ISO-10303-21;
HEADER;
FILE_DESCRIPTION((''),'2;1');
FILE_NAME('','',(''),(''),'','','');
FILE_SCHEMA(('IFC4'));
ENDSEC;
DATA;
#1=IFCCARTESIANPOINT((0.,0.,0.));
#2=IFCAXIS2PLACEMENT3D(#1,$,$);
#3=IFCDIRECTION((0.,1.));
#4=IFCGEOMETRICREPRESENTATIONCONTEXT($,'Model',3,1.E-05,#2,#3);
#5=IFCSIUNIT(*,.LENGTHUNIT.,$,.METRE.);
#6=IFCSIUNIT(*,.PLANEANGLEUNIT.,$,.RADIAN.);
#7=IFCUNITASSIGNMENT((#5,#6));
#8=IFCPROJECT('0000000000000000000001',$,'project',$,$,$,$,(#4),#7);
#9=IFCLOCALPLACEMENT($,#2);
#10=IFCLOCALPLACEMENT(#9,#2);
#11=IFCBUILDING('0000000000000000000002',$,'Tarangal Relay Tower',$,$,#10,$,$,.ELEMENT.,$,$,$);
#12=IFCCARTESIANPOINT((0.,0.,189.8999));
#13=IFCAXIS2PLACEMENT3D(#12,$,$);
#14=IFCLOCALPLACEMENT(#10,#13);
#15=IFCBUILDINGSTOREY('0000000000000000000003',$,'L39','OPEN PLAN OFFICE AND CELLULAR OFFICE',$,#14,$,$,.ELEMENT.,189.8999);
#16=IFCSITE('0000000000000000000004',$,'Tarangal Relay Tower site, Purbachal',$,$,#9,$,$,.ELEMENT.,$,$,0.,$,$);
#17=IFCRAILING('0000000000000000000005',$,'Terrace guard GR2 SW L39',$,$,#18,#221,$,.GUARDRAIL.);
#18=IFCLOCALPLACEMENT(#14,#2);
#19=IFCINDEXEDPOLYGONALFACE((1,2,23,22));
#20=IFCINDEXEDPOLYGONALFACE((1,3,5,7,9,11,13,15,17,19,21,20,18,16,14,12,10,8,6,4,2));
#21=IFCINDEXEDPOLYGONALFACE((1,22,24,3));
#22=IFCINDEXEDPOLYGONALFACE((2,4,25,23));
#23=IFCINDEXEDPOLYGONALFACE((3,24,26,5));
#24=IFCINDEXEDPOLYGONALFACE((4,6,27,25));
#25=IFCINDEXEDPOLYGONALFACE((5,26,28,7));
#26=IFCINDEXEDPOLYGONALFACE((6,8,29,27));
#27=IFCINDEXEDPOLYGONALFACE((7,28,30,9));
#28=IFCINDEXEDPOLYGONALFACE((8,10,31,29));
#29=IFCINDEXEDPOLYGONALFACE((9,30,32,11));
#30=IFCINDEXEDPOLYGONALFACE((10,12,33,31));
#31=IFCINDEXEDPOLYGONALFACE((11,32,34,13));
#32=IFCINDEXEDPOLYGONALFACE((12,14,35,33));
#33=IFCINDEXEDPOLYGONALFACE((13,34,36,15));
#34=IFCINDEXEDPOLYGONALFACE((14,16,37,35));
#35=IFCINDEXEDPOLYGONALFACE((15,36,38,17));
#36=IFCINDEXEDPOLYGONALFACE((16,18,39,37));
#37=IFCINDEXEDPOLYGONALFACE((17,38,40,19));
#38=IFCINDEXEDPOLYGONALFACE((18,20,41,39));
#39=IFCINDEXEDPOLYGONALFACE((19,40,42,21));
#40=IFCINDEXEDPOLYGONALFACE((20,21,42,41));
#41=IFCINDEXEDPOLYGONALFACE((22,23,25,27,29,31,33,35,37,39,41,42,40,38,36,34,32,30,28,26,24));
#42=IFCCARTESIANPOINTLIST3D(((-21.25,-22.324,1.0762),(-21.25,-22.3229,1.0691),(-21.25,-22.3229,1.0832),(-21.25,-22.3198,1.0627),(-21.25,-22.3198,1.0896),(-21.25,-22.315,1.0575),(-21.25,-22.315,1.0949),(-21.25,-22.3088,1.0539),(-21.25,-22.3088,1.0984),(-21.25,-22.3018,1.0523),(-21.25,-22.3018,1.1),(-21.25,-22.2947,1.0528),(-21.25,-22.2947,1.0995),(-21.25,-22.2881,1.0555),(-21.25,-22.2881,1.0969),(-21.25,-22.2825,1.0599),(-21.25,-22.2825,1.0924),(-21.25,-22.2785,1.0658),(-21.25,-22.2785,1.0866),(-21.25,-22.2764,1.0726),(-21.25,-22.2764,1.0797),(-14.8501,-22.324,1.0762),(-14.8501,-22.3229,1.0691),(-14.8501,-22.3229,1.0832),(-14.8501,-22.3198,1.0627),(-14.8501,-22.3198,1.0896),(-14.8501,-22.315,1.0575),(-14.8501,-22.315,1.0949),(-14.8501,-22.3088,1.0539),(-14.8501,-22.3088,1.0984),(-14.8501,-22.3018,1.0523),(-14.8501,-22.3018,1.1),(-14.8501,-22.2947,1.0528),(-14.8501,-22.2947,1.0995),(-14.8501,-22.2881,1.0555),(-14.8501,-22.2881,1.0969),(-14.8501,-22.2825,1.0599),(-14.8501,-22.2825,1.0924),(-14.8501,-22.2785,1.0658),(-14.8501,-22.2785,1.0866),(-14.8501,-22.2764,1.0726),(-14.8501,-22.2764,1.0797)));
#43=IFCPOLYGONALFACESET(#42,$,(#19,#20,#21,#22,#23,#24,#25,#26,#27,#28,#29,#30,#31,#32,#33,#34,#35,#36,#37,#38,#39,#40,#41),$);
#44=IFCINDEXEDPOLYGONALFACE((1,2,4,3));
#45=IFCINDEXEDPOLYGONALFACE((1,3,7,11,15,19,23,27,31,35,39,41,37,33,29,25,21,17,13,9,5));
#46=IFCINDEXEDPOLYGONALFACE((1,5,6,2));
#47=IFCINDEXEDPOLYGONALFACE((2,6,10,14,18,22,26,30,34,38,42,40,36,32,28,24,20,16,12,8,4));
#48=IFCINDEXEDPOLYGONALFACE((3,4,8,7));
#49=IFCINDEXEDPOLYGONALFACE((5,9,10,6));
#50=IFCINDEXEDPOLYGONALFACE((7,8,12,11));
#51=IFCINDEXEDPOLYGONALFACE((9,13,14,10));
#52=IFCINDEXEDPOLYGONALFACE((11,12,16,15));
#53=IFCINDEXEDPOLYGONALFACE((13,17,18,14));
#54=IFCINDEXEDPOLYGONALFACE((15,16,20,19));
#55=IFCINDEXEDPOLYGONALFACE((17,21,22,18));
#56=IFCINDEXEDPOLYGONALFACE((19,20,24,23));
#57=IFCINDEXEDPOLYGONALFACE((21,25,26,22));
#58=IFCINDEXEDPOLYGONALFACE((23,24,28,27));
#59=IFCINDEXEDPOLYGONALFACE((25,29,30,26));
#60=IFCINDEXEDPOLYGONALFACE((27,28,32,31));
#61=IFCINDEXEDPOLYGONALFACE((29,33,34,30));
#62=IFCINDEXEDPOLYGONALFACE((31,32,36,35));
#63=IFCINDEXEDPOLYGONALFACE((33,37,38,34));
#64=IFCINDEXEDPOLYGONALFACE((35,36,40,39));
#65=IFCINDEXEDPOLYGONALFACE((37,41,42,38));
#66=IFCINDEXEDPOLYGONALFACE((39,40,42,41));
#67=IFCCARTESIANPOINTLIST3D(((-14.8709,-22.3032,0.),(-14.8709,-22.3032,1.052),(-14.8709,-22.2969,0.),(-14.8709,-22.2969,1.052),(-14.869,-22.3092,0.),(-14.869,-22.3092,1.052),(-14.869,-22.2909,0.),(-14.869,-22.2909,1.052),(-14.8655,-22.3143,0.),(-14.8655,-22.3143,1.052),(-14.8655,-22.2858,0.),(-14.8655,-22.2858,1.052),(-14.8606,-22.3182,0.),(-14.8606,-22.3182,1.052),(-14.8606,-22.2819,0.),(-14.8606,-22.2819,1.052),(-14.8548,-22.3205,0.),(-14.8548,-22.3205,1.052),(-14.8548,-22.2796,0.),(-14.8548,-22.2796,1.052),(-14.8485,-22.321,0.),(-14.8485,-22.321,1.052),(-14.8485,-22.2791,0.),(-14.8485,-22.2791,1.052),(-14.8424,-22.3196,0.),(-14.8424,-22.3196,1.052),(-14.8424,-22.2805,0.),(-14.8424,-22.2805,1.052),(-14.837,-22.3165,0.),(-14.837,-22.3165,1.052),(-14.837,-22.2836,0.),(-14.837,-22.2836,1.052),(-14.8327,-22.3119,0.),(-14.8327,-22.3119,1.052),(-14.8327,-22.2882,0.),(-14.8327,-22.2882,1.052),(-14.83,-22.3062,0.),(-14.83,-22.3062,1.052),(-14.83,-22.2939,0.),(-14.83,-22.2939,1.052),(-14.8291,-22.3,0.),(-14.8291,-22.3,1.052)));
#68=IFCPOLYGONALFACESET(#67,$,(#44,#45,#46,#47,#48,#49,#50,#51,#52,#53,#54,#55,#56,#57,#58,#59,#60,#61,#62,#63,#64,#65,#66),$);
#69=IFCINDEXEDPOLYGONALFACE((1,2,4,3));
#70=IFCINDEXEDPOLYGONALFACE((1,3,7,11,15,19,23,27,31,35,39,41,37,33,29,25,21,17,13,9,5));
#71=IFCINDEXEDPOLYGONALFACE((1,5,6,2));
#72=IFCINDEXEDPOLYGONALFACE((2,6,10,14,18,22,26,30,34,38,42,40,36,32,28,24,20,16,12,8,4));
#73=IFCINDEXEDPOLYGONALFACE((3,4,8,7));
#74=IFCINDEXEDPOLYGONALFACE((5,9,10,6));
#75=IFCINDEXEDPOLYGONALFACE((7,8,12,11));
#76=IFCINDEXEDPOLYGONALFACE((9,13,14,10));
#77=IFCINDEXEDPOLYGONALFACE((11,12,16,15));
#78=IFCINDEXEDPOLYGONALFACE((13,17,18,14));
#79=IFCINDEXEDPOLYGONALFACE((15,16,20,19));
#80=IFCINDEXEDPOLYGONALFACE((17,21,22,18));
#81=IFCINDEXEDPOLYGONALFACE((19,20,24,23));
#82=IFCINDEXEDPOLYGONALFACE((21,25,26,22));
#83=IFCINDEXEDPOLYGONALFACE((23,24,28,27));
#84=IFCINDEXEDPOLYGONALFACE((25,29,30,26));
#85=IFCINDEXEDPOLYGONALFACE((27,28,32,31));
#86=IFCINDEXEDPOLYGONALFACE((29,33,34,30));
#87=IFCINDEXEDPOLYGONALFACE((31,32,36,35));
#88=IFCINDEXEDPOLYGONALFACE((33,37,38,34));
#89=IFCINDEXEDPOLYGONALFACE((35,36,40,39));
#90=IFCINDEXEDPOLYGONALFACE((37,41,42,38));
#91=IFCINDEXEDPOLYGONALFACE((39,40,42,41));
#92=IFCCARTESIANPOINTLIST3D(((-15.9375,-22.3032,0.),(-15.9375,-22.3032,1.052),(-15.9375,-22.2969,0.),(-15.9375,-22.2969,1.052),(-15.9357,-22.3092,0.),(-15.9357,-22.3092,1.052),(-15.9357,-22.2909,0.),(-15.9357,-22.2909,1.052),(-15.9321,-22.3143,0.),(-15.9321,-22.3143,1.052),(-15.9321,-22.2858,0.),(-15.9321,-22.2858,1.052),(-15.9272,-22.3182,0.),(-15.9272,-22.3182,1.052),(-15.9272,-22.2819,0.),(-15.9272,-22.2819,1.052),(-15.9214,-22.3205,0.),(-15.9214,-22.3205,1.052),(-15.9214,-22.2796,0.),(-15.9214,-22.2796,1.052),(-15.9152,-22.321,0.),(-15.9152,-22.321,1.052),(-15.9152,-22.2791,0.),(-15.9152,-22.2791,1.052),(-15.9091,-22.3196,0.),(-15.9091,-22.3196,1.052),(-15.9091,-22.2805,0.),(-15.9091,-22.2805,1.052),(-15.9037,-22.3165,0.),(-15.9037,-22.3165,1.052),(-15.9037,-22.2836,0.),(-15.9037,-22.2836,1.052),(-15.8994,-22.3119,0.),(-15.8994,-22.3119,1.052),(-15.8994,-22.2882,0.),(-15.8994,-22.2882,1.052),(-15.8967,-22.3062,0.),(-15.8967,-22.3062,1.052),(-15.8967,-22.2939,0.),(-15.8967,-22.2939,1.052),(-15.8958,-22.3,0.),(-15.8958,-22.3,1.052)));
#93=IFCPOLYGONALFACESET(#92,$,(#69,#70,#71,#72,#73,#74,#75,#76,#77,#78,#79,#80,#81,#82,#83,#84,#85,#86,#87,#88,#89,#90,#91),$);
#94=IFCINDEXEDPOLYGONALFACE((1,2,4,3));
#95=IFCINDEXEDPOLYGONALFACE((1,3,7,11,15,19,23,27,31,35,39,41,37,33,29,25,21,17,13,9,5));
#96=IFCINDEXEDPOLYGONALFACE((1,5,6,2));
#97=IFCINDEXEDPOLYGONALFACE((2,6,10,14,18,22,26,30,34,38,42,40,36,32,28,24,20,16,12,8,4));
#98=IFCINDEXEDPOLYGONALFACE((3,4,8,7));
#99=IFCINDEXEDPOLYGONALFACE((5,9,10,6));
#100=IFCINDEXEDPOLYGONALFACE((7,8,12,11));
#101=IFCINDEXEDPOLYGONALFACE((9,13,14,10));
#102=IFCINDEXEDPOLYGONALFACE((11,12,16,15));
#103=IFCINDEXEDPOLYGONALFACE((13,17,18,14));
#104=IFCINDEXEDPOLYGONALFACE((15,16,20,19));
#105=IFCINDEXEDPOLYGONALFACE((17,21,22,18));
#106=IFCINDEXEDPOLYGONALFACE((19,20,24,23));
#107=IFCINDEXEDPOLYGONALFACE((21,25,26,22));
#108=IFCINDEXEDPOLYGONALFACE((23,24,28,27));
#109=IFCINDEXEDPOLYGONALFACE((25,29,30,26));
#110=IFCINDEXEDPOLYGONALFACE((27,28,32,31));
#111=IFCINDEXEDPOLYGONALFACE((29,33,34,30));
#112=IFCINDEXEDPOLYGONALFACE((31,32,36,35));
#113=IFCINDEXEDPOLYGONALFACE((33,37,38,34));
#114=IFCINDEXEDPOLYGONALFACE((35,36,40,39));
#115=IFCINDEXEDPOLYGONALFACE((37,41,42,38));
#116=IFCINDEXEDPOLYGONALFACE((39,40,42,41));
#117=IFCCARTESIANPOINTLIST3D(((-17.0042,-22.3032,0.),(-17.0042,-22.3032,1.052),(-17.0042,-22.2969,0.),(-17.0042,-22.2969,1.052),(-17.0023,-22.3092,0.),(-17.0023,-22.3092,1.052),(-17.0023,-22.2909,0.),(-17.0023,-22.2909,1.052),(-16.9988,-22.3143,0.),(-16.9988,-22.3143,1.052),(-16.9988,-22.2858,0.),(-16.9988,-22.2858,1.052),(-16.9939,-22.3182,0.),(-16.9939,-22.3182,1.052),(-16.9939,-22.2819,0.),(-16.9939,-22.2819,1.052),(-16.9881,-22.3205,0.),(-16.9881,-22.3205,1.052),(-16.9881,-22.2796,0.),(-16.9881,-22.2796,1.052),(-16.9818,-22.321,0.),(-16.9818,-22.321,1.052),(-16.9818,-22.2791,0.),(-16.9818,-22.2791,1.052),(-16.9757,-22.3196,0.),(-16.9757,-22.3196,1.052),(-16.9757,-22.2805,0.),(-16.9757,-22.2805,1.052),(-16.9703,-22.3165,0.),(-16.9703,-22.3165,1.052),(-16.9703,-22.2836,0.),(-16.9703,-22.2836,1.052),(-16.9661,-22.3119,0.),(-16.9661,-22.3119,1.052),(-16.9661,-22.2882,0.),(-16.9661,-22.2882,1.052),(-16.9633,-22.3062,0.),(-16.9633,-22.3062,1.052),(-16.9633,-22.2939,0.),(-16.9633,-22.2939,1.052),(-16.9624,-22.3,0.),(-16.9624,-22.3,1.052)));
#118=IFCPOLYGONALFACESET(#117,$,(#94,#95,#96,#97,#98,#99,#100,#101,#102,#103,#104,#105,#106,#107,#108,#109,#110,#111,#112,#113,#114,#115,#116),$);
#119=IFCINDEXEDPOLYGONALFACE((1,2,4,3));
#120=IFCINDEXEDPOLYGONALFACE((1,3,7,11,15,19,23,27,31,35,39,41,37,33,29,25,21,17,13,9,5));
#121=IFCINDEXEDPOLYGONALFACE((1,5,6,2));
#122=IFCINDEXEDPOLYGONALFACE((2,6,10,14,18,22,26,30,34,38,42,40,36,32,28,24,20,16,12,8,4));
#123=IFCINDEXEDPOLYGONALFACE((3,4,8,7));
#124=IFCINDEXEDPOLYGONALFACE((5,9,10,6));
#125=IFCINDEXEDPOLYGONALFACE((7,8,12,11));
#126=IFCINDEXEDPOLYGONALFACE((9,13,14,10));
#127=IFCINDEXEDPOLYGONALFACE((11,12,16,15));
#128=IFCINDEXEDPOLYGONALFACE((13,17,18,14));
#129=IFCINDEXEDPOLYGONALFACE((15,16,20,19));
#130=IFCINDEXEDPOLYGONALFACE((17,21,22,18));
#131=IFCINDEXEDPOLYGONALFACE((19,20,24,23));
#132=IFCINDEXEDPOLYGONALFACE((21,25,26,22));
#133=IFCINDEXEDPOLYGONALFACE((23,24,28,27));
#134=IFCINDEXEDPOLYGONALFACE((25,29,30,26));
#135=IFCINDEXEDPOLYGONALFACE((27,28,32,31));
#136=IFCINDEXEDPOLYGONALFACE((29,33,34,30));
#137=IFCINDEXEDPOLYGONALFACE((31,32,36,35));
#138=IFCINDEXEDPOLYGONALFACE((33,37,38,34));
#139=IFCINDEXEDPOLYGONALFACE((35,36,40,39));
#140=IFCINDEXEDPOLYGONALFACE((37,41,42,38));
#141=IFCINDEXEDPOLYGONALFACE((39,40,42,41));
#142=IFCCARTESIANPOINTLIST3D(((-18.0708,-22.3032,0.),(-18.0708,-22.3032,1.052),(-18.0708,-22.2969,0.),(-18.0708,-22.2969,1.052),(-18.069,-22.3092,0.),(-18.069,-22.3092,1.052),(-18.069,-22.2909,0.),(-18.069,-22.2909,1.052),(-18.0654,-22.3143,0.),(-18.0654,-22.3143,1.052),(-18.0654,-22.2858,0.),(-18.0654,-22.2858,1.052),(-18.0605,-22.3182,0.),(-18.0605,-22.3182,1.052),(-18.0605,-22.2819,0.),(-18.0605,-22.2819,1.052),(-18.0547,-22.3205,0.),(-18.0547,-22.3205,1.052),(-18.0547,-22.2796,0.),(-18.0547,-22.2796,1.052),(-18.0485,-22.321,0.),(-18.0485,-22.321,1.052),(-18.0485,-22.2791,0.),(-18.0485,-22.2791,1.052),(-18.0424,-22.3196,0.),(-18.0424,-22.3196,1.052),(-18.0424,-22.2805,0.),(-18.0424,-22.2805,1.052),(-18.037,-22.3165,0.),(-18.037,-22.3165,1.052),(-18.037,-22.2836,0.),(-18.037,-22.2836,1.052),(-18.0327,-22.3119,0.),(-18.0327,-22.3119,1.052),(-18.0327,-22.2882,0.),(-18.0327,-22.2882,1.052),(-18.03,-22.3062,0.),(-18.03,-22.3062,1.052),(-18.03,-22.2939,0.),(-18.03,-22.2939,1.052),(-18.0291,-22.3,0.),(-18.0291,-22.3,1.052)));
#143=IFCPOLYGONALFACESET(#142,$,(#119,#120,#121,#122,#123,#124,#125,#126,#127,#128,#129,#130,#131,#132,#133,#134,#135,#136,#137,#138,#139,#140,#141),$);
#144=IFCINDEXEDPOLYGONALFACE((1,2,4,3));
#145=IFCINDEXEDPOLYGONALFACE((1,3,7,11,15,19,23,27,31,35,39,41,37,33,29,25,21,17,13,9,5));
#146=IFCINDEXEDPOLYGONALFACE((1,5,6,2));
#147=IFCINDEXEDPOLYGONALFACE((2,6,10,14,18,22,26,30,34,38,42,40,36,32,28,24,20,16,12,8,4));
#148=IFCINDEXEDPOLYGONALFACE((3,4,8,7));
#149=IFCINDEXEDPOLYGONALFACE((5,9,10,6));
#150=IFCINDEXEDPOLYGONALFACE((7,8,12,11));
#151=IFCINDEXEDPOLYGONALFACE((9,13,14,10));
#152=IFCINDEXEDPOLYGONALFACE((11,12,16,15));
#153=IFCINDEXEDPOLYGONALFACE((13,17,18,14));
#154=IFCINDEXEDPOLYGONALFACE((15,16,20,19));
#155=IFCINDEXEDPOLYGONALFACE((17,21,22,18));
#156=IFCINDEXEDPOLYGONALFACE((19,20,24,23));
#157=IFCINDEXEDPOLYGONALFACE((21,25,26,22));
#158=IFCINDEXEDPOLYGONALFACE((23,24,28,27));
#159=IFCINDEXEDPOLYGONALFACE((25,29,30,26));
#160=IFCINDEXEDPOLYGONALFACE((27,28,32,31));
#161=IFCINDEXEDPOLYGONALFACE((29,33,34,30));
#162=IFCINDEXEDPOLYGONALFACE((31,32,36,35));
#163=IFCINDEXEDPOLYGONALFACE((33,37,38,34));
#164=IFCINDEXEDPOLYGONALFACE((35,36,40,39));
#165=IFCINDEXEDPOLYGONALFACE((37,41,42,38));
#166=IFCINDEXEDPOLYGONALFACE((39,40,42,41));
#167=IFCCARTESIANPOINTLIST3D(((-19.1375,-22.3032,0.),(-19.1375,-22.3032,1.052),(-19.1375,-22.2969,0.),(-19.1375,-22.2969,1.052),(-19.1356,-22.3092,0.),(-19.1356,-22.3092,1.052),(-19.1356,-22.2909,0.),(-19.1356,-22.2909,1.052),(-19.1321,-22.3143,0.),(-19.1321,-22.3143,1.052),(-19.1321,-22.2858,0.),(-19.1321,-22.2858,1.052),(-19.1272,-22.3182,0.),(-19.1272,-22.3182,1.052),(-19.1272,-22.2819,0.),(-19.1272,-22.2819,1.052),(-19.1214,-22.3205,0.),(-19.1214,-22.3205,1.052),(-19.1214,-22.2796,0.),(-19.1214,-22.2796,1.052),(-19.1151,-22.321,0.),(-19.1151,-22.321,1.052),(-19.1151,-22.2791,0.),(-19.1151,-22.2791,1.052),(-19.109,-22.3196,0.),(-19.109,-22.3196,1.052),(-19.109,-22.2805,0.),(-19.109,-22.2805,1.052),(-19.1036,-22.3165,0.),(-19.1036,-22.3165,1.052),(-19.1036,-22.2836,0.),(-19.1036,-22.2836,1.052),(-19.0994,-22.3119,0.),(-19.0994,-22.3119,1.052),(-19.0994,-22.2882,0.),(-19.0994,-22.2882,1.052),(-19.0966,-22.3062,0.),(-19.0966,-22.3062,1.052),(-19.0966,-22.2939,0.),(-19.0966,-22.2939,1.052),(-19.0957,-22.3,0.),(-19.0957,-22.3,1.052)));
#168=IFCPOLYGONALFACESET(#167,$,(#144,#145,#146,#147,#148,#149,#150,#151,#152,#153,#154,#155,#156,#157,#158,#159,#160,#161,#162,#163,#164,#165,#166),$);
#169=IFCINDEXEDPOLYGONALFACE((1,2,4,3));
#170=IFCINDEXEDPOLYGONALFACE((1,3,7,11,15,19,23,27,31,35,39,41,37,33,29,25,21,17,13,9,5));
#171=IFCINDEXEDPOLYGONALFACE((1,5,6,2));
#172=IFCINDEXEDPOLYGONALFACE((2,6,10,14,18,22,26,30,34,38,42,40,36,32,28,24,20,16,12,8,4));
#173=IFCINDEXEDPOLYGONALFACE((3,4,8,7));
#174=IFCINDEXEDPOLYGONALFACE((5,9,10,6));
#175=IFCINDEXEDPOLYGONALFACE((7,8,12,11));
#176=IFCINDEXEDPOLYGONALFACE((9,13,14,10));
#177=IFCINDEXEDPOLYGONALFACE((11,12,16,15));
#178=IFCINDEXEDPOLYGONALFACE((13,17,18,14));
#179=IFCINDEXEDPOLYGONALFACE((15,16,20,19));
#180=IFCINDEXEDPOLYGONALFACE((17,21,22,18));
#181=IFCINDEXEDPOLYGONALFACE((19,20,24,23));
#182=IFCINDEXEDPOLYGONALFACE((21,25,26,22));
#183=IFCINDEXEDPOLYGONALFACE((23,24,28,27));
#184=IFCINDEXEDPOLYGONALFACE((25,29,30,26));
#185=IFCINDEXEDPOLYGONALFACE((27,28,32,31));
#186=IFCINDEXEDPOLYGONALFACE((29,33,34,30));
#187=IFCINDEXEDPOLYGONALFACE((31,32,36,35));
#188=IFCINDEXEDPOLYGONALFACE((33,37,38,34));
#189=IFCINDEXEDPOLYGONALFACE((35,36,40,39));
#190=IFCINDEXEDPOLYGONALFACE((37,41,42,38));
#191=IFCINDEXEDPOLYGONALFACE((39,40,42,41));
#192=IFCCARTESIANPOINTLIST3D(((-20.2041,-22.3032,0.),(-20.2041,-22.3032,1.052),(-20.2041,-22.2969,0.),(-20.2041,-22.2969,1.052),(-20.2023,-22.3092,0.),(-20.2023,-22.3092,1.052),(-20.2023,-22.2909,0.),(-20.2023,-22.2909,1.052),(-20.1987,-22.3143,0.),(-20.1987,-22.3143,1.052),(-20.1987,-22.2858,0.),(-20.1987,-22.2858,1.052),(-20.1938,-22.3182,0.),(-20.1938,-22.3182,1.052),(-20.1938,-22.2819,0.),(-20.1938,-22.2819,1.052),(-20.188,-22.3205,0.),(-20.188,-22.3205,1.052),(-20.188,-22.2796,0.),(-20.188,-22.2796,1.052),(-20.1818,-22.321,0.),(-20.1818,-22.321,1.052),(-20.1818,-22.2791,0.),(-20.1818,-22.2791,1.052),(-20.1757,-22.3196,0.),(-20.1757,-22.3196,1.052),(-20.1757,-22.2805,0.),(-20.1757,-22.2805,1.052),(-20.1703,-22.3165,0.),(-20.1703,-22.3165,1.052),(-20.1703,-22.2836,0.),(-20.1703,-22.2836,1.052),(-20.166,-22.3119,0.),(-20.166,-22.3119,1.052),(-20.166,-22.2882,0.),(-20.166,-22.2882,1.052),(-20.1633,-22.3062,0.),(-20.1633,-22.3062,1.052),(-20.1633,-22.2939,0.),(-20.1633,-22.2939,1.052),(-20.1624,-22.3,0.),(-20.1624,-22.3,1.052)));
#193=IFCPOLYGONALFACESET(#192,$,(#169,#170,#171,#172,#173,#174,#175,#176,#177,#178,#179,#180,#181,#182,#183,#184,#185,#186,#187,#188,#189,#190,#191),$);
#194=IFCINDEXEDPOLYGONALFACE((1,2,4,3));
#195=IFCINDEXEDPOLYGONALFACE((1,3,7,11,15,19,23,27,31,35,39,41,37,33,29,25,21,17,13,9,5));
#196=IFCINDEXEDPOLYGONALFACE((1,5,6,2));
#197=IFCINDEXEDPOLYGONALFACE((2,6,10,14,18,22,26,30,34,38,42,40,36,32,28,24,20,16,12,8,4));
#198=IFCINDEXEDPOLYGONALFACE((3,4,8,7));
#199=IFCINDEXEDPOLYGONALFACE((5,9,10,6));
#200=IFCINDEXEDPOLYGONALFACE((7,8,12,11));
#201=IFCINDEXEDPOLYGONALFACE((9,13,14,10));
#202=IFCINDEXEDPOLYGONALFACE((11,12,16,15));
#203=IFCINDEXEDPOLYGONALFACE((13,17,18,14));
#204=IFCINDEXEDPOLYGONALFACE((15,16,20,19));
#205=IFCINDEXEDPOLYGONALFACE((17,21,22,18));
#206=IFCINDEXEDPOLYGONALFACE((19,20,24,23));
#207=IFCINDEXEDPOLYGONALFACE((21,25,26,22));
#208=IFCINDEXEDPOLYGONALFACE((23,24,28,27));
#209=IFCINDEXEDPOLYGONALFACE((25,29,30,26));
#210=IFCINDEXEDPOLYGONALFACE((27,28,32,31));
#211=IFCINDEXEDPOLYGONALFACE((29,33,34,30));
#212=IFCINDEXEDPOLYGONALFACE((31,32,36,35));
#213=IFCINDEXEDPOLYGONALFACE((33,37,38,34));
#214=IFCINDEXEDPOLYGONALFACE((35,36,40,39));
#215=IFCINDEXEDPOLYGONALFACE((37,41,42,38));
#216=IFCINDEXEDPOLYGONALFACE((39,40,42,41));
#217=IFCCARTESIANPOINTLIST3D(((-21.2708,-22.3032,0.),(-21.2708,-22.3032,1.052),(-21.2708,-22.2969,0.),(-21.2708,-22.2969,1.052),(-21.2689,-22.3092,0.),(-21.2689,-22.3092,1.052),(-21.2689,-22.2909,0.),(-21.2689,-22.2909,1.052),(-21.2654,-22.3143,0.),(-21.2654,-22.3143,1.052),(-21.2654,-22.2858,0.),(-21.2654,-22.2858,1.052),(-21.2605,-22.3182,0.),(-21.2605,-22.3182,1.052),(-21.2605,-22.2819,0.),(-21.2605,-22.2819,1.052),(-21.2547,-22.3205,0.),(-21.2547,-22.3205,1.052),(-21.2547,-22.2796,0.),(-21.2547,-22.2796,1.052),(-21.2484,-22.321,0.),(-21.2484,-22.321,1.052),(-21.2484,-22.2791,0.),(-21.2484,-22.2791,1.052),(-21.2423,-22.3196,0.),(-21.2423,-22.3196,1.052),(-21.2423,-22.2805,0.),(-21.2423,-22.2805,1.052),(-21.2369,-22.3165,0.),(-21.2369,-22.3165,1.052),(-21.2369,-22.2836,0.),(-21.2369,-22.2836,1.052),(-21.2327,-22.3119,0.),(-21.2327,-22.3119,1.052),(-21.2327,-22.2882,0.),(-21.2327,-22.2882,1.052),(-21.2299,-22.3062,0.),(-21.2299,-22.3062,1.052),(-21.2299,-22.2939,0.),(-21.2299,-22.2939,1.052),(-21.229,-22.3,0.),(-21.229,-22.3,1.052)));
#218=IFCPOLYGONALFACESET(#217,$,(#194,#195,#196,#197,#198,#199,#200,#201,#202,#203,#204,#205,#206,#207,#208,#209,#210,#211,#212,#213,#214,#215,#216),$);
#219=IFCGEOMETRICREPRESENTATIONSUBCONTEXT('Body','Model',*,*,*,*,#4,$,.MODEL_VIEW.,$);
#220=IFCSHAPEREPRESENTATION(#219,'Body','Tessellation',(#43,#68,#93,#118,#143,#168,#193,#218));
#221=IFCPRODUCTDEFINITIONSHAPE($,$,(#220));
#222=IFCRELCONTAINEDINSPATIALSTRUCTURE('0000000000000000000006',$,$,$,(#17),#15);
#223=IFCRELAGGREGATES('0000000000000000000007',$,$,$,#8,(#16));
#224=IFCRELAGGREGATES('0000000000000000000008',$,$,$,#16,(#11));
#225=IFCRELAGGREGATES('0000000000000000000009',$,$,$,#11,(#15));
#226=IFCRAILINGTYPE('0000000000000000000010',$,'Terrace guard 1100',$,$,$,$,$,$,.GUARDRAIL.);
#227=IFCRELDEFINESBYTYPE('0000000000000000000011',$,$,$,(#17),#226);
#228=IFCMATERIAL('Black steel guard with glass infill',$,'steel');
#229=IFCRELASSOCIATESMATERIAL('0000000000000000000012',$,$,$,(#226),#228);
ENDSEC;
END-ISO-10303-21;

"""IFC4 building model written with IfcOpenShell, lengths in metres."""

from ifc_helpers import new_model, si_unit, direction, frame, origin, origin_2d, place, context, subcontext, project, spatial, circle, extrude, material, type_object, element, save


model = new_model("IFC4")

# Units and contexts
model_context = context("Model", 3, precision=1e-05, world=origin(), true_north=direction((0.0, 1.0)))
body_context = subcontext(model_context, "Body", "Model", "MODEL_VIEW")
ifc_project = project(units=[si_unit("LENGTHUNIT", "METRE"), si_unit("PLANEANGLEUNIT", "RADIAN")], contexts=[model_context])

# Site, building, storey
site_placement = place(None, origin())
site = spatial("IfcSite", under=ifc_project, at=site_placement, Name="Tarangal Relay Tower site, Purbachal", CompositionType="ELEMENT", RefElevation=0.0)
building_placement = place(site_placement, origin())
building = spatial("IfcBuilding", under=site, at=building_placement, Name="Tarangal Relay Tower", CompositionType="ELEMENT")
storey_placement = place(building_placement, frame((0.0, 0.0, 189.8999)))
storey = spatial("IfcBuildingStorey", under=building, at=storey_placement, Name="L39", Description="OPEN PLAN OFFICE AND CELLULAR OFFICE", CompositionType="ELEMENT", Elevation=189.8999)

# Railing
ifc_material_1 = material(Name="Black steel guard with glass infill", Category="steel")
railing_type = type_object("IfcRailingType", Name="Terrace guard 1100", PredefinedType="GUARDRAIL", material=ifc_material_1)
railing_1_placement = place(storey_placement, frame((-14.8501, -22.3, 0.0)))
element("IfcRailing", 1, at=railing_1_placement, inside=storey, type_object=railing_type, Name="Terrace guard GR2 SW L39", PredefinedType="GUARDRAIL", context=body_context, shape_type="SweptSolid", body=[
    extrude(circle(Radius=0.0239, at=origin_2d()), frame((0.0, 0.0, 1.0762), z_axis=(-1.0, 0.0, 0.0), x_axis=(0.0, -1.0, 0.0)), (0.0, 0.0, 1.0), 6.3999),
    extrude(circle(Radius=0.021, at=origin_2d()), origin(), (0.0, 0.0, 1.0), 1.052),
    extrude(circle(Radius=0.021, at=origin_2d()), frame((-1.0667, 0.0, 0.0)), (0.0, 0.0, 1.0), 1.052),
    extrude(circle(Radius=0.021, at=origin_2d()), frame((-2.1333, 0.0, 0.0)), (0.0, 0.0, 1.0), 1.052),
    extrude(circle(Radius=0.021, at=origin_2d()), frame((-3.2, 0.0, 0.0)), (0.0, 0.0, 1.0), 1.052),
    extrude(circle(Radius=0.021, at=origin_2d()), frame((-4.2666, 0.0, 0.0)), (0.0, 0.0, 1.0), 1.052),
    extrude(circle(Radius=0.021, at=origin_2d()), frame((-5.3333, 0.0, 0.0)), (0.0, 0.0, 1.0), 1.052),
    extrude(circle(Radius=0.021, at=origin_2d()), frame((-6.3999, 0.0, 0.0)), (0.0, 0.0, 1.0), 1.052),
])

save(model, "model.ifc")
